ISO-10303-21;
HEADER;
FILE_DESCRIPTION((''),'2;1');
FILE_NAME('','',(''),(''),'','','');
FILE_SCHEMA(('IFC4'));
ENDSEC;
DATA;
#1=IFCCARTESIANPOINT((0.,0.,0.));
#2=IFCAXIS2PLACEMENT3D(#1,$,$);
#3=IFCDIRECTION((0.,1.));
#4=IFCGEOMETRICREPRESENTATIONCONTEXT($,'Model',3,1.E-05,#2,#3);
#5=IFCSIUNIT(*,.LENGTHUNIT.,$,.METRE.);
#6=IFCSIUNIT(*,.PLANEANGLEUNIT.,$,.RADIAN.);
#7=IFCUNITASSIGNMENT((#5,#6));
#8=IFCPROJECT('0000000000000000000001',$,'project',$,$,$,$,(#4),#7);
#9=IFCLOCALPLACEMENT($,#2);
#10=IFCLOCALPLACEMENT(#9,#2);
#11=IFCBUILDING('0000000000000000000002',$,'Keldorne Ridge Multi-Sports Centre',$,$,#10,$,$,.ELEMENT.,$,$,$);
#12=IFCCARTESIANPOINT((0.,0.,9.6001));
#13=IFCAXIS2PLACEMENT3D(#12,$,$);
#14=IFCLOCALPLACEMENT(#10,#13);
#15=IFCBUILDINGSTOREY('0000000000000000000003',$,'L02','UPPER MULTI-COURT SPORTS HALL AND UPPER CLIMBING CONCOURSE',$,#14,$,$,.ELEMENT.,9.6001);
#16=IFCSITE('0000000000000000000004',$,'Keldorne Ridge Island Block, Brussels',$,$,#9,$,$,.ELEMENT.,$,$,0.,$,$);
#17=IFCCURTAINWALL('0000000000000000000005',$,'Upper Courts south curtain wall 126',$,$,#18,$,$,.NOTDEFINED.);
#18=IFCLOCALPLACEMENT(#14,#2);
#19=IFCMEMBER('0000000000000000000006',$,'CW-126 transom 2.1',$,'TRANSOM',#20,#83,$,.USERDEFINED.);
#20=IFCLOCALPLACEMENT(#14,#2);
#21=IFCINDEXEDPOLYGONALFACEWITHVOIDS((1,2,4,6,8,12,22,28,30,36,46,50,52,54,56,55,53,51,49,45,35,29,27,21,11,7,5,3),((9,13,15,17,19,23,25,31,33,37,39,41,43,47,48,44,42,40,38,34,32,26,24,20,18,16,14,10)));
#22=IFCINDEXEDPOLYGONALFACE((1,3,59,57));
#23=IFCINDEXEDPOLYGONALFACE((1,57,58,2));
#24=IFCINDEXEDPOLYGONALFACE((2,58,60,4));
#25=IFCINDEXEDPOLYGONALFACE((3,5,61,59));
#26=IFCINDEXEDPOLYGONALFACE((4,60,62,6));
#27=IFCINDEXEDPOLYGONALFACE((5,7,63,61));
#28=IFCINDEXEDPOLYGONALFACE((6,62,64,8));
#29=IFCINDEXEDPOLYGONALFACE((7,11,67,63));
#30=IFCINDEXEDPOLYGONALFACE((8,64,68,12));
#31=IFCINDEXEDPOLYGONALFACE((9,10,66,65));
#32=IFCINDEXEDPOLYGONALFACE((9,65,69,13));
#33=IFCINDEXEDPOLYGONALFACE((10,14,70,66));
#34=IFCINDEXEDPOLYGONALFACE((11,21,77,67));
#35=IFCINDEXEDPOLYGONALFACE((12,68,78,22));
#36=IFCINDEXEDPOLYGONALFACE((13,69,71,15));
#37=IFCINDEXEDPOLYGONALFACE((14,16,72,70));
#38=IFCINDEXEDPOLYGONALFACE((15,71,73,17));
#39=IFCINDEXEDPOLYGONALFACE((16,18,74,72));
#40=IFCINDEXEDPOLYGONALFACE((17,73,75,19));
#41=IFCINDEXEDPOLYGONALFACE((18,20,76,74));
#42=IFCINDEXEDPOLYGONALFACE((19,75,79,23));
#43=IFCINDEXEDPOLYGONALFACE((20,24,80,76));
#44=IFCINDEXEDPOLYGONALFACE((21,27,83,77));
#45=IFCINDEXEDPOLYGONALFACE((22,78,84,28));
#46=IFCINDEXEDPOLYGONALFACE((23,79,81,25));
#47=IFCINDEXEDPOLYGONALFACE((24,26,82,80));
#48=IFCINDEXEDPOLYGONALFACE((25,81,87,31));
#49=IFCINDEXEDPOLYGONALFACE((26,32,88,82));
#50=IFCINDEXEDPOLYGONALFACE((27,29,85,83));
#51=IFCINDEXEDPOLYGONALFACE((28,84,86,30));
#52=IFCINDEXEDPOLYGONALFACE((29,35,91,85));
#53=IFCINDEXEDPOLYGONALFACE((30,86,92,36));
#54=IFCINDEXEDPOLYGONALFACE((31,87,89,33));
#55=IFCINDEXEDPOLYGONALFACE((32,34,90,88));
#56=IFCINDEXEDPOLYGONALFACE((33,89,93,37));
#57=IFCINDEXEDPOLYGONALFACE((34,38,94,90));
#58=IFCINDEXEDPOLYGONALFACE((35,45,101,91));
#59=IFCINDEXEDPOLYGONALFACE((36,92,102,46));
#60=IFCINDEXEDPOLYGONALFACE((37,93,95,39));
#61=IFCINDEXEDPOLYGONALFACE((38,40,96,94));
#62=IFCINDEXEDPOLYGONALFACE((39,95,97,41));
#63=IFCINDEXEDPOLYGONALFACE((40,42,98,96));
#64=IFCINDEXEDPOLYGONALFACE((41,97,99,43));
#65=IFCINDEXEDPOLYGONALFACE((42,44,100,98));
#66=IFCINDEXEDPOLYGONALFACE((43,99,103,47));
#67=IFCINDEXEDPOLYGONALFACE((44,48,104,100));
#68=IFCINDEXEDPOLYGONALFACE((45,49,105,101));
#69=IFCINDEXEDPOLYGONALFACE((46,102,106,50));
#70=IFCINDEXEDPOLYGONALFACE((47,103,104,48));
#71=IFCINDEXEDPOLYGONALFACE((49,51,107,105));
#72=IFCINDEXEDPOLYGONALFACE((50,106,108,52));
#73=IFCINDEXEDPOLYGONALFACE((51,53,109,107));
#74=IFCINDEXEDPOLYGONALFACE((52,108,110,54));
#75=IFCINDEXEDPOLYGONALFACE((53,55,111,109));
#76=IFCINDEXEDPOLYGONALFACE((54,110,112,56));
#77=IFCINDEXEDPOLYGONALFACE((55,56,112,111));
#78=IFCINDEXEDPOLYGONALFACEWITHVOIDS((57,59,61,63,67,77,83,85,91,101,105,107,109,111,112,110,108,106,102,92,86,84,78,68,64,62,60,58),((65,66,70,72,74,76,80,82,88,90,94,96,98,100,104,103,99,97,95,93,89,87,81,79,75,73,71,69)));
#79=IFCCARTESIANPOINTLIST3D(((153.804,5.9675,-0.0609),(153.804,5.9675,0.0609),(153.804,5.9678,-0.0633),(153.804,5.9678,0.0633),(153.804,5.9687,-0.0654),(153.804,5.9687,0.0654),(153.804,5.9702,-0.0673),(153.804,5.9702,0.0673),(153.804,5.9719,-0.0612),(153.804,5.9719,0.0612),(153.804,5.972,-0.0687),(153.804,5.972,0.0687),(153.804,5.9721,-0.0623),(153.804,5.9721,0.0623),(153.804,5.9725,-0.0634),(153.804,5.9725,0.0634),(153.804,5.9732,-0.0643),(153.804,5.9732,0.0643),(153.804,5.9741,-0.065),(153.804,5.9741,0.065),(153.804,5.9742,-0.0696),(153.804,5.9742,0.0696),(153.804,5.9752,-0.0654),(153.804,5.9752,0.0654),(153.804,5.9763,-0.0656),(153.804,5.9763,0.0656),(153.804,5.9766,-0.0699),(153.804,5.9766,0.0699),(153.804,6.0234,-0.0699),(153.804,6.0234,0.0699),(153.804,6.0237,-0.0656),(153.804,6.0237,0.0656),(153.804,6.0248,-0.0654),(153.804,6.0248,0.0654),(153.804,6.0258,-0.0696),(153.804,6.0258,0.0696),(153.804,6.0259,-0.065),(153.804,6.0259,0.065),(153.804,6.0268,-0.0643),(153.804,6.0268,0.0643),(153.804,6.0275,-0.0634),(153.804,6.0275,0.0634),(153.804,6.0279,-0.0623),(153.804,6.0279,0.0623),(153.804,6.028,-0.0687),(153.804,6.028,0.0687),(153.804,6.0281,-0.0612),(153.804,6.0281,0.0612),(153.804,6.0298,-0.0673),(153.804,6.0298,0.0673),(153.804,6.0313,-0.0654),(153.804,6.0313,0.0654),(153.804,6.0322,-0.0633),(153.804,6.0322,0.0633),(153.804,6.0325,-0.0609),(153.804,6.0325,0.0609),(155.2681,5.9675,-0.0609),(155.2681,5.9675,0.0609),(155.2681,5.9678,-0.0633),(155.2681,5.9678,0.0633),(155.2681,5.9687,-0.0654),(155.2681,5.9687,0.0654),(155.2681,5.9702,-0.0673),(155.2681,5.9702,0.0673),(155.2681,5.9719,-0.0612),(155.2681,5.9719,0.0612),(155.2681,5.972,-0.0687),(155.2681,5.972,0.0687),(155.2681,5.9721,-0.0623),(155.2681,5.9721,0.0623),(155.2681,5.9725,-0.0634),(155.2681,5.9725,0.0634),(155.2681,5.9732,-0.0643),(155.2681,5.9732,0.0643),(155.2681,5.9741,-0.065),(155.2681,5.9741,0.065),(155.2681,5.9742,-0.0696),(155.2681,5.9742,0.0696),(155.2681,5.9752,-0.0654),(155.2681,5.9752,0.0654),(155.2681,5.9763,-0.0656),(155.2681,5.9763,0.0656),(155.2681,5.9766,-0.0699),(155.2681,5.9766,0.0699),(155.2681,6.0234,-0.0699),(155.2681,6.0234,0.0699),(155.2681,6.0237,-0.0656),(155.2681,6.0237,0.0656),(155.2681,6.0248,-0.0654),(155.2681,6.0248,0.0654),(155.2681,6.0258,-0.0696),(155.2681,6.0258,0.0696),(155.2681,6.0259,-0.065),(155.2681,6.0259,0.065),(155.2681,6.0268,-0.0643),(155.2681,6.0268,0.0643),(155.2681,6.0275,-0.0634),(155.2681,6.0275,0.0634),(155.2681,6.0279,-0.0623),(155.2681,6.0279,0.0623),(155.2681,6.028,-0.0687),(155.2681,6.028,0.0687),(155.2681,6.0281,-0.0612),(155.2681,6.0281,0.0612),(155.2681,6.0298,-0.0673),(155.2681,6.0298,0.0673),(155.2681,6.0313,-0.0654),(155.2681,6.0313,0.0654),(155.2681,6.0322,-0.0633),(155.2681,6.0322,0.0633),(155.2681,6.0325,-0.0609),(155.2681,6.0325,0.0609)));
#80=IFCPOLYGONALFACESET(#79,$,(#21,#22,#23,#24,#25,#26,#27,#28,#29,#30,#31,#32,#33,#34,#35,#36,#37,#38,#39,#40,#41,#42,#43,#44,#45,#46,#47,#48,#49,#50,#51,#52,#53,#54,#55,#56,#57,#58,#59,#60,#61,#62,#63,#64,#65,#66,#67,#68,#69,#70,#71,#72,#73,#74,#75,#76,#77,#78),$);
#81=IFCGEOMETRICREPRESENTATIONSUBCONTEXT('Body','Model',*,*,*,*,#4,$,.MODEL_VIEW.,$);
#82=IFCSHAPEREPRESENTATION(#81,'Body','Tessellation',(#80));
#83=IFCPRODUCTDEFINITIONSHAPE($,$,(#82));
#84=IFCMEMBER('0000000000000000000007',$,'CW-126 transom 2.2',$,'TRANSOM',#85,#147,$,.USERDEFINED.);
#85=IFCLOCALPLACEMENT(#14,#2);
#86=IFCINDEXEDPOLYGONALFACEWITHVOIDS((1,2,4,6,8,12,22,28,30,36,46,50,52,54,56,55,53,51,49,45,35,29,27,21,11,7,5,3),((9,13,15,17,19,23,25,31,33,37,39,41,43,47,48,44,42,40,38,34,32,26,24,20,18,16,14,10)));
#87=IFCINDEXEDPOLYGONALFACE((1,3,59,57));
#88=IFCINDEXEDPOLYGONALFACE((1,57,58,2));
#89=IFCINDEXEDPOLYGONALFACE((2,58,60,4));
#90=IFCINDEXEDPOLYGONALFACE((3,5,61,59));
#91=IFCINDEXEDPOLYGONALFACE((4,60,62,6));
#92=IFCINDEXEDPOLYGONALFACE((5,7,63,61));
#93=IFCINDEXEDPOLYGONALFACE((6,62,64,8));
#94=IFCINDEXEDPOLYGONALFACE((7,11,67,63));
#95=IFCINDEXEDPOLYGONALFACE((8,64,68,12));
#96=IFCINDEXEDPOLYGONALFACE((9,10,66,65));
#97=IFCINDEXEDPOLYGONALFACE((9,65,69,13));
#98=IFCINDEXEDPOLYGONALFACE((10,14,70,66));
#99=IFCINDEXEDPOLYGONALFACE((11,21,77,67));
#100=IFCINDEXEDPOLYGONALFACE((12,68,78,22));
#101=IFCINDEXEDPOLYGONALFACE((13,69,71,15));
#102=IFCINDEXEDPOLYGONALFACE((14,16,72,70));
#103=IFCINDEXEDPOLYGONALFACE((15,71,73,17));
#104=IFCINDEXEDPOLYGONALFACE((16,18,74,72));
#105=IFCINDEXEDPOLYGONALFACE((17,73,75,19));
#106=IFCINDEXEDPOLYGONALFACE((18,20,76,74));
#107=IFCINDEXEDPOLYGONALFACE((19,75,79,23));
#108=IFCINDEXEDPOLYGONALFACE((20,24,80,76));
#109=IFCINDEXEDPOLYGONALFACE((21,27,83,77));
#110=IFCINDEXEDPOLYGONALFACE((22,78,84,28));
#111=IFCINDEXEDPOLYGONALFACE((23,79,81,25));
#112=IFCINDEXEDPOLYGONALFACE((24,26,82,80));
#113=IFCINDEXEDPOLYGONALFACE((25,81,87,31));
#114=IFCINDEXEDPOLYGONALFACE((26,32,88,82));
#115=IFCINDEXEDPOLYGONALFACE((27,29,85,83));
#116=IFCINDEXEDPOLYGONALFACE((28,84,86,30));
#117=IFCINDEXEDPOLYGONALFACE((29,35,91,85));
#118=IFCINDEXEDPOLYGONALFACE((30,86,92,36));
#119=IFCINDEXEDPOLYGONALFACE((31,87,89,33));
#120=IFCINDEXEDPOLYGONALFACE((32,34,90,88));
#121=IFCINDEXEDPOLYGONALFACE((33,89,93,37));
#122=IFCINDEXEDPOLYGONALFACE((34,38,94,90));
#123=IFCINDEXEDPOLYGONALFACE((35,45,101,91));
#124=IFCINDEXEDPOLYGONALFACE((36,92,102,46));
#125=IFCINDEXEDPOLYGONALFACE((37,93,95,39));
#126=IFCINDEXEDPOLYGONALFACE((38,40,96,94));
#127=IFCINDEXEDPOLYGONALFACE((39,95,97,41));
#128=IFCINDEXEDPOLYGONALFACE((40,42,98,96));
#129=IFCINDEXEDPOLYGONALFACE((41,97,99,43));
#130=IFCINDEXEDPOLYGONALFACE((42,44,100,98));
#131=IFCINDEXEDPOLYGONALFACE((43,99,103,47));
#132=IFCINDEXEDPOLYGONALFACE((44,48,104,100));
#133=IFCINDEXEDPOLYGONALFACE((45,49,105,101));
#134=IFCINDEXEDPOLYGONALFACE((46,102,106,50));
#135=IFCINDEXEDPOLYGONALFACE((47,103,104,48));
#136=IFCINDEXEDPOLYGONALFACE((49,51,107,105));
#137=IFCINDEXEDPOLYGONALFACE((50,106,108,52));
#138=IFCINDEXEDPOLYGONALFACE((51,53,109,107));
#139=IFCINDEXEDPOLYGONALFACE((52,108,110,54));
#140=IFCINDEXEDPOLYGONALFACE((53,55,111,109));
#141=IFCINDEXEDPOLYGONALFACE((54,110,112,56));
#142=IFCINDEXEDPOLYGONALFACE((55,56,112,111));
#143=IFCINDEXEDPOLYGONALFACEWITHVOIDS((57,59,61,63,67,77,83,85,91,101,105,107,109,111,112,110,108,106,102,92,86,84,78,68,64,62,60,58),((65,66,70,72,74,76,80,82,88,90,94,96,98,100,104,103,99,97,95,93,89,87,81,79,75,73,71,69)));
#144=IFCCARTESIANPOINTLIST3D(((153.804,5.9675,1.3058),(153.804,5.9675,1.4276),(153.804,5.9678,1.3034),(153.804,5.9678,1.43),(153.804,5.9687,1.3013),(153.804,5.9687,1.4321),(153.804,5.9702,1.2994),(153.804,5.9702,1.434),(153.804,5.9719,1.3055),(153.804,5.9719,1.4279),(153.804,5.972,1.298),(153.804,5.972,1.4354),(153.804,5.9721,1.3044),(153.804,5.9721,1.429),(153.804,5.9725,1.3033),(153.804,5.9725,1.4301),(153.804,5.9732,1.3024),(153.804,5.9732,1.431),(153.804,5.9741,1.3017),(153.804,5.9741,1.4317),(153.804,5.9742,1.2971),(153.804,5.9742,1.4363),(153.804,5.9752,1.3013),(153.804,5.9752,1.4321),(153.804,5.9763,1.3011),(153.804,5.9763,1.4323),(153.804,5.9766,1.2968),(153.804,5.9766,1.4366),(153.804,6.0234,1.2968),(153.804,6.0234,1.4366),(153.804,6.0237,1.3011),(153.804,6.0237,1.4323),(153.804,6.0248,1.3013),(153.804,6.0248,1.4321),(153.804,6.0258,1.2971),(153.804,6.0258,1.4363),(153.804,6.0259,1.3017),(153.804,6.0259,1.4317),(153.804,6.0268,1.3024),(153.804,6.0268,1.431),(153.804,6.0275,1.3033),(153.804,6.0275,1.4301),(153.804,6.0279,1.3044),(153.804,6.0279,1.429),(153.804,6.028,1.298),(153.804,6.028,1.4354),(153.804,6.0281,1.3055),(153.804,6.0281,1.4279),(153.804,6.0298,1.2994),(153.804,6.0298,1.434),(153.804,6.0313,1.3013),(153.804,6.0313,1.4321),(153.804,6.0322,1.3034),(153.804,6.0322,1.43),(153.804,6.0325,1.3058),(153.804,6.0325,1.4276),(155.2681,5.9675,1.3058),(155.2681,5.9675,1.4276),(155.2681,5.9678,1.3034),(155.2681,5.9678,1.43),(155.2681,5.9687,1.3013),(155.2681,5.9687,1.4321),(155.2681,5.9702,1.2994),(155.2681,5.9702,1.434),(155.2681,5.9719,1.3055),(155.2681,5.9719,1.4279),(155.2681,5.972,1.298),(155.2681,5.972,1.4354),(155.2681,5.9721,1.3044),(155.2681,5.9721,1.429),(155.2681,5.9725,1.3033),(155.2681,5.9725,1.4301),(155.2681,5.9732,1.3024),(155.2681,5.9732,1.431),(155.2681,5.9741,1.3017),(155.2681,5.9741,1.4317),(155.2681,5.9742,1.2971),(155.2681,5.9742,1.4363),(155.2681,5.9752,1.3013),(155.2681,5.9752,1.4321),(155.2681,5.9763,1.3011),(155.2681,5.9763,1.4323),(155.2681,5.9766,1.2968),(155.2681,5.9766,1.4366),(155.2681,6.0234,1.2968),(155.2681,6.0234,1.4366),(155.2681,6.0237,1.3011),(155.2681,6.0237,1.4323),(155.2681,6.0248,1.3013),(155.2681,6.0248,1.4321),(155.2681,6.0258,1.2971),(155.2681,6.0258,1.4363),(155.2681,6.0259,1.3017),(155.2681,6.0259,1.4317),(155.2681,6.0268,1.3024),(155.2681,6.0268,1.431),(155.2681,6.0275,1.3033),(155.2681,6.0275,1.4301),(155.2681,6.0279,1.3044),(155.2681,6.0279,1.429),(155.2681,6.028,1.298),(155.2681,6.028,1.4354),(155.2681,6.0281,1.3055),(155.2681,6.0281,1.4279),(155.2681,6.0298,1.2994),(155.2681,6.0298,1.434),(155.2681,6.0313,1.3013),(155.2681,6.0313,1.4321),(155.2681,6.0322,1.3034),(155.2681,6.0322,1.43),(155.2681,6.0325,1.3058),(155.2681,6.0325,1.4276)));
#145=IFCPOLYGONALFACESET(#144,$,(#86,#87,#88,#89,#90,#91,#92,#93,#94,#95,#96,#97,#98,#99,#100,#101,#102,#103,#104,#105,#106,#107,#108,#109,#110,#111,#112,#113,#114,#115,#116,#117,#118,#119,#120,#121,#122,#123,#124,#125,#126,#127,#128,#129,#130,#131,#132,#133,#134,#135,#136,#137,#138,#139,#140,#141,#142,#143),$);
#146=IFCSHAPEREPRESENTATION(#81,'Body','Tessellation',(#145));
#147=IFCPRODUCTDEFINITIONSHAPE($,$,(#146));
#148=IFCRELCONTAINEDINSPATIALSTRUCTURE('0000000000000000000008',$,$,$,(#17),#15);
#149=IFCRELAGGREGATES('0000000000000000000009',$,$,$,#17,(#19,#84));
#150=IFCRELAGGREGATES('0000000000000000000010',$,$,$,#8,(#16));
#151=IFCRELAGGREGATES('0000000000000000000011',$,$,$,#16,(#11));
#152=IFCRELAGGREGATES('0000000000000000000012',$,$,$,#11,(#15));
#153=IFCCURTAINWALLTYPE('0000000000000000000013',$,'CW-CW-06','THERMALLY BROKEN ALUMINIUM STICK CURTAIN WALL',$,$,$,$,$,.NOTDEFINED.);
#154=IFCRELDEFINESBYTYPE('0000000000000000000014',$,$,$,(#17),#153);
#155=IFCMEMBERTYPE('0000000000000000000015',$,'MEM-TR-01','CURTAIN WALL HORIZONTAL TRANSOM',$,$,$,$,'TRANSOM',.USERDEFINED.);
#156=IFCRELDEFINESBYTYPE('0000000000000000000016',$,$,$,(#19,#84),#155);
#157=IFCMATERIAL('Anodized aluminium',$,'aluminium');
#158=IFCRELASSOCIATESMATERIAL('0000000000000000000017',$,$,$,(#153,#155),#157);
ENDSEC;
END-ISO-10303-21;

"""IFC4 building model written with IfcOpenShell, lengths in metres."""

from ifc_helpers import new_model, si_unit, direction, frame, origin, origin_2d, place, context, subcontext, project, spatial, hollow_rectangle, extrude, material, material_profile, profile_set, type_object, element, aggregate, save


model = new_model("IFC4")

# Units and contexts
model_context = context("Model", 3, precision=1e-05, world=origin(), true_north=direction((0.0, 1.0)))
body_context = subcontext(model_context, "Body", "Model", "MODEL_VIEW")
ifc_project = project(units=[si_unit("LENGTHUNIT", "METRE"), si_unit("PLANEANGLEUNIT", "RADIAN")], contexts=[model_context])

# Site, building, storey
site_placement = place(None, origin())
site = spatial("IfcSite", under=ifc_project, at=site_placement, Name="Keldorne Ridge Island Block, Brussels", CompositionType="ELEMENT", RefElevation=0.0)
building_placement = place(site_placement, origin())
building = spatial("IfcBuilding", under=site, at=building_placement, Name="Keldorne Ridge Multi-Sports Centre", CompositionType="ELEMENT")
storey_placement = place(building_placement, frame((0.0, 0.0, 9.6001)))
storey = spatial("IfcBuildingStorey", under=building, at=storey_placement, Name="L02", Description="UPPER MULTI-COURT SPORTS HALL AND UPPER CLIMBING CONCOURSE", CompositionType="ELEMENT", Elevation=9.6001)

# Curtain wall, members
ifc_material_1 = material(Name="Anodized aluminium", Category="aluminium")
curtain_wall_type = type_object("IfcCurtainWallType", Name="CW-CW-06", Description="THERMALLY BROKEN ALUMINIUM STICK CURTAIN WALL", PredefinedType="NOTDEFINED", material=ifc_material_1)
curtain_wall_placement = place(storey_placement, origin())
curtain_wall = element("IfcCurtainWall", 1, at=curtain_wall_placement, inside=storey, type_object=curtain_wall_type, Name="Upper Courts south curtain wall 126", PredefinedType="NOTDEFINED")
ifc_material_profile_1 = material_profile(ifc_material_1, hollow_rectangle(XDim=0.0649, YDim=0.1399, WallThickness=0.0044, InnerFilletRadius=0.0044, OuterFilletRadius=0.009, at=origin_2d()), Name="ALU TRANSOM 140x65x4.5")
ifc_profile_set_1 = profile_set([ifc_material_profile_1], Name="Anodized aluminium")
member_type_1 = type_object("IfcMemberType", Name="MEM-TR-01", Description="CURTAIN WALL HORIZONTAL TRANSOM", ElementType="TRANSOM", PredefinedType="USERDEFINED", material=ifc_profile_set_1)
member_1_placement = place(storey_placement, frame((153.804, 6.0, 0.0), z_axis=(1.0, 0.0, 0.0), x_axis=(0.0, 1.0, 0.0)))
member_1 = element("IfcMember", 2, at=member_1_placement, type_object=member_type_1, Name="CW-126 transom 2.1", ObjectType="TRANSOM", PredefinedType="USERDEFINED", context=body_context, shape_type="SweptSolid", body=[
    extrude(hollow_rectangle(XDim=0.0649, YDim=0.1399, WallThickness=0.0044, InnerFilletRadius=0.0044, OuterFilletRadius=0.009, at=origin_2d()), origin(), (0.0, 0.0, 1.0), 1.4641),
])
member_2_placement = place(storey_placement, frame((153.804, 6.0, 1.3667), z_axis=(1.0, 0.0, 0.0), x_axis=(0.0, 1.0, 0.0)))
member_2 = element("IfcMember", 3, at=member_2_placement, type_object=member_type_1, Name="CW-126 transom 2.2", ObjectType="TRANSOM", PredefinedType="USERDEFINED", context=body_context, shape_type="SweptSolid", body=[
    extrude(hollow_rectangle(XDim=0.0649, YDim=0.1399, WallThickness=0.0044, InnerFilletRadius=0.0044, OuterFilletRadius=0.009, at=origin_2d()), origin(), (0.0, 0.0, 1.0), 1.4641),
])
aggregate(curtain_wall, [member_1, member_2])

save(model, "model.ifc")
